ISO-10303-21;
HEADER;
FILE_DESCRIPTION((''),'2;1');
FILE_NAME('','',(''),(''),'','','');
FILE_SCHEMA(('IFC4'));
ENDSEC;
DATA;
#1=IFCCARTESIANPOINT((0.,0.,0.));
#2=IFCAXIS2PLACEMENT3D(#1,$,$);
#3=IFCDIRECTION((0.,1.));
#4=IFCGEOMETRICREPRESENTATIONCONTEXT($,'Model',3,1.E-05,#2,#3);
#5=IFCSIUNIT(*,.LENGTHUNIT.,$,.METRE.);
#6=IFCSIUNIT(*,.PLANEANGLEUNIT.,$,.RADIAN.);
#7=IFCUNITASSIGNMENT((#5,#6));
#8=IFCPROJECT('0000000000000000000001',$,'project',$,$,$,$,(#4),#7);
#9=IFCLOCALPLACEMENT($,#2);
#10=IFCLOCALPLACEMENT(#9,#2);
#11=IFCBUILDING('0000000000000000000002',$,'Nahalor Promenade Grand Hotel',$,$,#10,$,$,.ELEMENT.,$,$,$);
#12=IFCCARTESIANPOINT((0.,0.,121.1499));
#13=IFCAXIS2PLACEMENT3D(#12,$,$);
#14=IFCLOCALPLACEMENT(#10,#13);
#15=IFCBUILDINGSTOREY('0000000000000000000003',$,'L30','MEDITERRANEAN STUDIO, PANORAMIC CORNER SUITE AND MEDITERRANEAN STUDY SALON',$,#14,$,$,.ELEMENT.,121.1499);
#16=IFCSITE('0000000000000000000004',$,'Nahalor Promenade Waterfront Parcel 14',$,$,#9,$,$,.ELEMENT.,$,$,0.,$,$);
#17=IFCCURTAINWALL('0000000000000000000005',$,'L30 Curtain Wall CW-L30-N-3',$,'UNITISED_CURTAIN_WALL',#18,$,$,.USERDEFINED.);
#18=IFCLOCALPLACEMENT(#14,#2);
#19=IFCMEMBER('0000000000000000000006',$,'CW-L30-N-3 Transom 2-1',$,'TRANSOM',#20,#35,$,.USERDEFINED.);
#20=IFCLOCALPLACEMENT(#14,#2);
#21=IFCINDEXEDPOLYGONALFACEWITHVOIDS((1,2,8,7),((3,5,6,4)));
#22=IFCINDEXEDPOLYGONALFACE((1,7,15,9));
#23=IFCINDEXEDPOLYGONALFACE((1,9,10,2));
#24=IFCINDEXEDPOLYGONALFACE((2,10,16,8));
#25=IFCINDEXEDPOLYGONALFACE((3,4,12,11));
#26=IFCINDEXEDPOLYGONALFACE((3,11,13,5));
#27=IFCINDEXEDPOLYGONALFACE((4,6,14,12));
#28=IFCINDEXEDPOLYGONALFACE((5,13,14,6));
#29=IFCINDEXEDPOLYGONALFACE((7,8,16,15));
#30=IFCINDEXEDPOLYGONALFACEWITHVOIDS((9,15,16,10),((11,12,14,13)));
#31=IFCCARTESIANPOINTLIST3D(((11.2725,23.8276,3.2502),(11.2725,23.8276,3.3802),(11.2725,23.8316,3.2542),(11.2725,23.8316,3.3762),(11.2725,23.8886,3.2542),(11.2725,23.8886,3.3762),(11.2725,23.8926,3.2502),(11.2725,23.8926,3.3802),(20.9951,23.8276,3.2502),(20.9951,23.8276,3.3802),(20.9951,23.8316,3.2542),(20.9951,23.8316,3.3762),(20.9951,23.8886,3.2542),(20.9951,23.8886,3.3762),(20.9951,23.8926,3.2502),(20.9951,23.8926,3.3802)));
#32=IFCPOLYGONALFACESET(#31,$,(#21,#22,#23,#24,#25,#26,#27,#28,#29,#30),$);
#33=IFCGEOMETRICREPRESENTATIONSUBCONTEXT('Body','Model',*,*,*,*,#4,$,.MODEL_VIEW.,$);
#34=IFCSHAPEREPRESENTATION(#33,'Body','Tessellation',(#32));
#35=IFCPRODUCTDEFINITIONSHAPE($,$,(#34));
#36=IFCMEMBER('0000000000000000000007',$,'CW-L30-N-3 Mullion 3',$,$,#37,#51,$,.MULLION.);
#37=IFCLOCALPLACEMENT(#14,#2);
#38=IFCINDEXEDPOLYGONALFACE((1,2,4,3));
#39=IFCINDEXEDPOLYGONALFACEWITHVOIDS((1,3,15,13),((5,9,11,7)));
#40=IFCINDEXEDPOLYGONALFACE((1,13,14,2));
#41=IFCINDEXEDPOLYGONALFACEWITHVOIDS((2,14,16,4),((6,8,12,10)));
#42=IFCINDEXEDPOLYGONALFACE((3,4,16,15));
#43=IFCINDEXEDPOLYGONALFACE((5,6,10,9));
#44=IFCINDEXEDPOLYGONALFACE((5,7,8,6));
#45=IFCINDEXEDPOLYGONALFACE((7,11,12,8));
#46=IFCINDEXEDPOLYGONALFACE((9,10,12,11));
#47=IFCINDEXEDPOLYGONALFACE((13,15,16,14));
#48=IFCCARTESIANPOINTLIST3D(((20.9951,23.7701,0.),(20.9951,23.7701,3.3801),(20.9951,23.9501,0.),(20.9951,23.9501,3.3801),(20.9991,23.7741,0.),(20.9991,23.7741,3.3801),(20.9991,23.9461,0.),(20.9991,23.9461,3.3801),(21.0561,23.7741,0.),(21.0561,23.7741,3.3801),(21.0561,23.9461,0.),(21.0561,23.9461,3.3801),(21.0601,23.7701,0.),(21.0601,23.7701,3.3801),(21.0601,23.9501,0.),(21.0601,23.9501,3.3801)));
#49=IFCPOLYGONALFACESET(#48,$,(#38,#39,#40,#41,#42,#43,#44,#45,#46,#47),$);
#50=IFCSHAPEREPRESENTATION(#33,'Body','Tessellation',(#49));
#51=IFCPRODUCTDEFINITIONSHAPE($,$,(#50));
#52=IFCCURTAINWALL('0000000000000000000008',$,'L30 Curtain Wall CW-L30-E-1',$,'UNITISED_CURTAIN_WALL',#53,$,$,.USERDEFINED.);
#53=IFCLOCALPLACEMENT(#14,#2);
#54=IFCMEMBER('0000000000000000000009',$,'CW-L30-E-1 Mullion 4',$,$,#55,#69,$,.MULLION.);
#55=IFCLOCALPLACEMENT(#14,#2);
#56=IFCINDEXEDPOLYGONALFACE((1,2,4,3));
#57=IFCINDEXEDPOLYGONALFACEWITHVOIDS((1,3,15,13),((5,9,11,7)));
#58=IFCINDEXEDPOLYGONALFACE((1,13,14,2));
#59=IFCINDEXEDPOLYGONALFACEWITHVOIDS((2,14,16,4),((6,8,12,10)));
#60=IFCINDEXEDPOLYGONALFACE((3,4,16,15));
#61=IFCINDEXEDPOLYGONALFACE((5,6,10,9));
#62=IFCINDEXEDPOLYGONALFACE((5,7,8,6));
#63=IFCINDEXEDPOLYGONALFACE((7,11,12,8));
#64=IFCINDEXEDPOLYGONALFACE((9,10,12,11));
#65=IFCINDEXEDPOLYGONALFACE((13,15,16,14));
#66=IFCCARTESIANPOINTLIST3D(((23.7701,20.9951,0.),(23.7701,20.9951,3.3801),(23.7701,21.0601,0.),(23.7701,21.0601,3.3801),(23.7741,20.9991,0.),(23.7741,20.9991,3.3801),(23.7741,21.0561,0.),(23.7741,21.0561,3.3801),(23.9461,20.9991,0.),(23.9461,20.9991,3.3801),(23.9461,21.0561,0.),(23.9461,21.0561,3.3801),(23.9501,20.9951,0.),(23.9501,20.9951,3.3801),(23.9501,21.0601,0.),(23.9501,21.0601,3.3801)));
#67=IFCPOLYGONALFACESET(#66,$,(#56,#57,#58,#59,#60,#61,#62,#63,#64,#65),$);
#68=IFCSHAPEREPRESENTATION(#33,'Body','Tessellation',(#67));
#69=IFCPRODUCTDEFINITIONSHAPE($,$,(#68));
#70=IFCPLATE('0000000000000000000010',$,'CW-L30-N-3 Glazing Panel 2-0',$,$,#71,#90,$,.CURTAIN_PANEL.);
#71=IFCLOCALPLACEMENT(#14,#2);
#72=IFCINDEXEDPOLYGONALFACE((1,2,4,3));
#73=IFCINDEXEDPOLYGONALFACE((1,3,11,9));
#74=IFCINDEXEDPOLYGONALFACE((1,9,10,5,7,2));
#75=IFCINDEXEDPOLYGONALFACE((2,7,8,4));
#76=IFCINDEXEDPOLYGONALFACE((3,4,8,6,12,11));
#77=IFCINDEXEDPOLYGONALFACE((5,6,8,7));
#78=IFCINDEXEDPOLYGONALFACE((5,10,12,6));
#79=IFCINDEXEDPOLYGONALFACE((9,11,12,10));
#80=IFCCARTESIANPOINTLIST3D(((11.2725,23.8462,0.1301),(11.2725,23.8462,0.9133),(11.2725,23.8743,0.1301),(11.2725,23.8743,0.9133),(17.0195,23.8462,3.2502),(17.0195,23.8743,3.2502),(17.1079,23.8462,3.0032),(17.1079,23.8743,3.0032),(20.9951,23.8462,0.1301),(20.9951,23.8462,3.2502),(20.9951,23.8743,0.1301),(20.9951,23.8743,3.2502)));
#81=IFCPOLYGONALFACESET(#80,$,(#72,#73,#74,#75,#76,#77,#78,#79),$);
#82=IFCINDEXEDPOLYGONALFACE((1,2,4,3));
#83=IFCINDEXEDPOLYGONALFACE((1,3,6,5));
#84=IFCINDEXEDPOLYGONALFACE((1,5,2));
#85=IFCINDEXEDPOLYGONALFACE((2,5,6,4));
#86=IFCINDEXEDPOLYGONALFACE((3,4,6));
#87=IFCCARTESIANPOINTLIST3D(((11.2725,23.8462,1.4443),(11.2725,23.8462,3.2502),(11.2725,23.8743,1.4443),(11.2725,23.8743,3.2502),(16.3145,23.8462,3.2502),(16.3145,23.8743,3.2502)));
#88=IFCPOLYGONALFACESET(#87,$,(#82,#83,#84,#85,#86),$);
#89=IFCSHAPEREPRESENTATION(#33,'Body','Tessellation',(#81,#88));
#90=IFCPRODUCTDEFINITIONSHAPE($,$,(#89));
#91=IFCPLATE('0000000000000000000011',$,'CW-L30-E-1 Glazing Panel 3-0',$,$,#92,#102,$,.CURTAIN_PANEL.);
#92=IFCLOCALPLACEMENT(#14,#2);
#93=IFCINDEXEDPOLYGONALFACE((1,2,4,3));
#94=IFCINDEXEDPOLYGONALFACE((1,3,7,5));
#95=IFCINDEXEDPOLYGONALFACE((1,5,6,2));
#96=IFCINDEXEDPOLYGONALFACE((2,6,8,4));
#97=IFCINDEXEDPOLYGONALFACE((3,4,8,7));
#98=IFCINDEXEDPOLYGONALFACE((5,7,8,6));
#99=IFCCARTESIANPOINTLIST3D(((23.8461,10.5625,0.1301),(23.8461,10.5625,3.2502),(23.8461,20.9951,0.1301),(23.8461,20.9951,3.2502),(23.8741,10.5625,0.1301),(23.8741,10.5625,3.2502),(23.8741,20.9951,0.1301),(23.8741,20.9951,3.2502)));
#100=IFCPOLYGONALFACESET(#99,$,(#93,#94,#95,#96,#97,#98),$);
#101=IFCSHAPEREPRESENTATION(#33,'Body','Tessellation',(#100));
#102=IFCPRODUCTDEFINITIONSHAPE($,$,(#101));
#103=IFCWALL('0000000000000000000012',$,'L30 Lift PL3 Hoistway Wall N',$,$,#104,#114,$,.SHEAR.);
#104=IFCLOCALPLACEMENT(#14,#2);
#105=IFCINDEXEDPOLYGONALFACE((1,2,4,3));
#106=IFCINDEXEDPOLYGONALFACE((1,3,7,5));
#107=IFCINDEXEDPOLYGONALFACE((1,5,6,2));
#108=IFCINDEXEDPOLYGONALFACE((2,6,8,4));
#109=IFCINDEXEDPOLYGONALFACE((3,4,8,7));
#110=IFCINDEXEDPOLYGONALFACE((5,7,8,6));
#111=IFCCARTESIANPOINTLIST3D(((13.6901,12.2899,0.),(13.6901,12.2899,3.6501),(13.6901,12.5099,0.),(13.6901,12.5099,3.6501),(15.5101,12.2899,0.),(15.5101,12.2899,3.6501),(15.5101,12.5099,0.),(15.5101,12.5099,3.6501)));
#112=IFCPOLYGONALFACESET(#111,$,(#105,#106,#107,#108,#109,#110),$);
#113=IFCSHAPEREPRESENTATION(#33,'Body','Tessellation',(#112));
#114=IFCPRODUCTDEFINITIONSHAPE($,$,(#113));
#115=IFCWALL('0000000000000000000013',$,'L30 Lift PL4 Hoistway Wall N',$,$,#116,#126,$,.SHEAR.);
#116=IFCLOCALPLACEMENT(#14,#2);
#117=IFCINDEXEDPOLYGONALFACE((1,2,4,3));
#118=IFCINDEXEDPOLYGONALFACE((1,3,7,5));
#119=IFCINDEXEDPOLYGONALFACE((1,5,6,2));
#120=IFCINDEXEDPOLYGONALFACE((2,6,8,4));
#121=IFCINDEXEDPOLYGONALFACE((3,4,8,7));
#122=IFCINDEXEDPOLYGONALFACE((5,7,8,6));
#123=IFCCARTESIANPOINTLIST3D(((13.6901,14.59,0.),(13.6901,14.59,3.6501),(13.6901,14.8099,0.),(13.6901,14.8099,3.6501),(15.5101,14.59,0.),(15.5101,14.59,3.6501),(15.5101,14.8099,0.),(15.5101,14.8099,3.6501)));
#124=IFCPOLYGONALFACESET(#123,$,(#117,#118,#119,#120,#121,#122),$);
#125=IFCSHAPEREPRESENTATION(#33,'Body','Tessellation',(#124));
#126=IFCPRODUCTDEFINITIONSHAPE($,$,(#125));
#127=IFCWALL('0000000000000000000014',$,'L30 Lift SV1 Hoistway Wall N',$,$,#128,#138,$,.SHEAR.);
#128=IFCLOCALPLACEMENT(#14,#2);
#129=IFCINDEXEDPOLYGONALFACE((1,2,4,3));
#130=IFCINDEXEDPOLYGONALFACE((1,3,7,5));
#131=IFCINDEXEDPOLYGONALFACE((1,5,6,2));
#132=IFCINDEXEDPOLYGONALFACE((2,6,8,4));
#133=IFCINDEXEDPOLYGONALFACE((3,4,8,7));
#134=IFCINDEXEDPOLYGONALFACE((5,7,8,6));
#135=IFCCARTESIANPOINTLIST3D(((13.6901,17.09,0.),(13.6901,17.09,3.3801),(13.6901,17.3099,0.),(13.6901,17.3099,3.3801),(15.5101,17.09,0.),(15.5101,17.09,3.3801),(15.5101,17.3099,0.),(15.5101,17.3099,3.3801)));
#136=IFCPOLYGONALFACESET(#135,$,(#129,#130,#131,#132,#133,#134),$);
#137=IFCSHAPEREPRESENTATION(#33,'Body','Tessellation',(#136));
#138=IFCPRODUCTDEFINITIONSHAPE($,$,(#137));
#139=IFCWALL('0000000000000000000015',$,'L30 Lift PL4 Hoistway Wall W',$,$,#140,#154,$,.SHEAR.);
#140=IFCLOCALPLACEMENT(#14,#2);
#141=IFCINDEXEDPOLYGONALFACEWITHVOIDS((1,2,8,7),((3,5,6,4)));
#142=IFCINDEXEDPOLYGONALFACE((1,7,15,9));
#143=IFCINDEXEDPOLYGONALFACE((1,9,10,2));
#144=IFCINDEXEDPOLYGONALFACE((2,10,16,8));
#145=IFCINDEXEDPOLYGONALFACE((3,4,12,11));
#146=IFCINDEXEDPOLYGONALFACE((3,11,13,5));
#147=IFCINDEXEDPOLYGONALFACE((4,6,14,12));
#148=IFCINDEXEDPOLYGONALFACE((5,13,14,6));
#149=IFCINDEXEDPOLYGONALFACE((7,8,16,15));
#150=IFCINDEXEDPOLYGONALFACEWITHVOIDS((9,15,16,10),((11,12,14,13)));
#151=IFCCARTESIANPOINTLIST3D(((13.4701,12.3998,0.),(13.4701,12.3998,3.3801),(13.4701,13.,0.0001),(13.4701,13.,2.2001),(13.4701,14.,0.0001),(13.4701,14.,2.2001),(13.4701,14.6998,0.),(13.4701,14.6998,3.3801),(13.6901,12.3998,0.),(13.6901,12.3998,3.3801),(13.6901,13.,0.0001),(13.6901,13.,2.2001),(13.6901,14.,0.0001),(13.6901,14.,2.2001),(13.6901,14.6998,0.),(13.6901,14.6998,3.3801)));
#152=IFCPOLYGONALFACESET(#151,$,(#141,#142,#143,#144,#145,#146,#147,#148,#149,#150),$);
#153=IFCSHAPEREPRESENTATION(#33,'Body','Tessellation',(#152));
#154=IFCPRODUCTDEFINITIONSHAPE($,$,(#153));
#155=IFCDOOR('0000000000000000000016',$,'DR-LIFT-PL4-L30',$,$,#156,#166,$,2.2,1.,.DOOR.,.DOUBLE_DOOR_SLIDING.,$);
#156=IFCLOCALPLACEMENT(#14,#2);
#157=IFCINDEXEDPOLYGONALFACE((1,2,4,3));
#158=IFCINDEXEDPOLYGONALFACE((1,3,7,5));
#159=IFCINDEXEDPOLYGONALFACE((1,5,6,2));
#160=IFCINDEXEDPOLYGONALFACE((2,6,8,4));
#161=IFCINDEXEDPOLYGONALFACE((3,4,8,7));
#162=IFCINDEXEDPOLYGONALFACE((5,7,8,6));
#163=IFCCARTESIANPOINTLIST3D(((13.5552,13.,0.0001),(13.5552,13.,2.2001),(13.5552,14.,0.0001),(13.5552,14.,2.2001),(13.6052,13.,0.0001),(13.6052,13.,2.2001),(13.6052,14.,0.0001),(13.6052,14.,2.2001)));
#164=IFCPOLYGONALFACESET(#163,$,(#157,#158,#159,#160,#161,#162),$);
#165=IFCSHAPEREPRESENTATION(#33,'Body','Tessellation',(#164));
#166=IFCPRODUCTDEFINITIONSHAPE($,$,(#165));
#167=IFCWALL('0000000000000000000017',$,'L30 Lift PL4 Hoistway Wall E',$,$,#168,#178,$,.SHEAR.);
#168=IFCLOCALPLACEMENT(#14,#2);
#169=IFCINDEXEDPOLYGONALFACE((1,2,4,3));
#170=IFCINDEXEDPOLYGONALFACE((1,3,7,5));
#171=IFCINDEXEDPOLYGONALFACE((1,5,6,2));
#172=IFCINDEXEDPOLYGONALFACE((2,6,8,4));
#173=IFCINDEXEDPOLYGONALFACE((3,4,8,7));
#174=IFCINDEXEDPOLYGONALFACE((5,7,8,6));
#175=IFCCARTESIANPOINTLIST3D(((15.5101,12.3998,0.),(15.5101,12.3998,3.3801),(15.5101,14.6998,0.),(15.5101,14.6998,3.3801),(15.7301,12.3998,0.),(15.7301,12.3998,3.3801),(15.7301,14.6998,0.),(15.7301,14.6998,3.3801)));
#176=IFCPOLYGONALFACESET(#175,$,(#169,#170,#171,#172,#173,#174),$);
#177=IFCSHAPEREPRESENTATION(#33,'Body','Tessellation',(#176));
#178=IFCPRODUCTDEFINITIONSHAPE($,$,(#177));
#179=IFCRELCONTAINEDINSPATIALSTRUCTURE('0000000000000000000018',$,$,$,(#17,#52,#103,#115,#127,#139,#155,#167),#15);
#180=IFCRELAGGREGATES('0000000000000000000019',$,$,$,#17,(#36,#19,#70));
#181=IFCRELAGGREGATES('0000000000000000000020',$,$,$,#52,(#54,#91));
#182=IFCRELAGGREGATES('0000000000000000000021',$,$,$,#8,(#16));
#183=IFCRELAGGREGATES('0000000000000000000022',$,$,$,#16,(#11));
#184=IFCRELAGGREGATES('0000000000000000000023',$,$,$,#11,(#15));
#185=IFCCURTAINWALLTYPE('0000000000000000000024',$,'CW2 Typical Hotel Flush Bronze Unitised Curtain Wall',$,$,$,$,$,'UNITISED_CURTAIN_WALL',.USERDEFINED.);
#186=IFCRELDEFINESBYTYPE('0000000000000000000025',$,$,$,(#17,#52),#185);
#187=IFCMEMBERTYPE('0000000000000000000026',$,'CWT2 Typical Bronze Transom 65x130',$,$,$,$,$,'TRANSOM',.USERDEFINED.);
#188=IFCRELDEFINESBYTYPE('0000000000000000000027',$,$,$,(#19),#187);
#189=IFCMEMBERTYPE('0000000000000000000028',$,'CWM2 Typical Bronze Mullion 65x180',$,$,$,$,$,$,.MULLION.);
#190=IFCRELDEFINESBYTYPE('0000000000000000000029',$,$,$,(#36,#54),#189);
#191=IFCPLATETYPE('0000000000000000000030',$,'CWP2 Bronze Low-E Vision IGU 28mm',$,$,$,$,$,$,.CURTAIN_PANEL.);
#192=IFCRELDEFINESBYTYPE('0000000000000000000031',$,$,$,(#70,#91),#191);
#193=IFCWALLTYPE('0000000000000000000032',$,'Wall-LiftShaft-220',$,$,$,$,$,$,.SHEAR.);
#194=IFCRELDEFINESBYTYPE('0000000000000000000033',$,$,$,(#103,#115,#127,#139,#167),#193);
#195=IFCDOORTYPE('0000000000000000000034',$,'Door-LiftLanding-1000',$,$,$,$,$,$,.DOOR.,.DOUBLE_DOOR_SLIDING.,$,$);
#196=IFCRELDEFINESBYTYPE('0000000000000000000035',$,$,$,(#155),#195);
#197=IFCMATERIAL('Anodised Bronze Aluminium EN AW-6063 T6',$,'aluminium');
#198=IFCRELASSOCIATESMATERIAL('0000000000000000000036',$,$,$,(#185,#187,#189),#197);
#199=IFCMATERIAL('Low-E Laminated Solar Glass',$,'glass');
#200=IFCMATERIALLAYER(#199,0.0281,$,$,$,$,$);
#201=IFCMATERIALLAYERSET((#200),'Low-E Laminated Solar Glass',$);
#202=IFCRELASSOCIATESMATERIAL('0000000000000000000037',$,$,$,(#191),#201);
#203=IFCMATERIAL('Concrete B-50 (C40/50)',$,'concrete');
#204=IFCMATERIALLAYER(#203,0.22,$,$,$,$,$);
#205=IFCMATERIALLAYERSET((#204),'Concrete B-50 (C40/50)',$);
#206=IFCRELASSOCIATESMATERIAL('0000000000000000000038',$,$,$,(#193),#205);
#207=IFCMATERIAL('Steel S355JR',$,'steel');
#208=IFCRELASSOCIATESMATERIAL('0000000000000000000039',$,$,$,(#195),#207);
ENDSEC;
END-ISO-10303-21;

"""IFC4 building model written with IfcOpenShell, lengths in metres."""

from ifc_helpers import new_model, si_unit, direction, frame, frame_2d, origin, origin_2d, place, context, subcontext, project, spatial, polyline, rectangle, hollow_rectangle, outline, extrude, source, transform, mapped, material, layer, layer_set, material_profile, profile_set, type_object, element, fill, aggregate, save


model = new_model("IFC4")

# Units and contexts
model_context = context("Model", 3, precision=1e-05, world=origin(), true_north=direction((0.0, 1.0)))
body_context = subcontext(model_context, "Body", "Model", "MODEL_VIEW")
ifc_project = project(units=[si_unit("LENGTHUNIT", "METRE"), si_unit("PLANEANGLEUNIT", "RADIAN")], contexts=[model_context])

# Site, building, storey
site_placement = place(None, origin())
site = spatial("IfcSite", under=ifc_project, at=site_placement, Name="Nahalor Promenade Waterfront Parcel 14", CompositionType="ELEMENT", RefElevation=0.0)
building_placement = place(site_placement, origin())
building = spatial("IfcBuilding", under=site, at=building_placement, Name="Nahalor Promenade Grand Hotel", CompositionType="ELEMENT")
storey_placement = place(building_placement, frame((0.0, 0.0, 121.1499)))
storey = spatial("IfcBuildingStorey", under=building, at=storey_placement, Name="L30", Description="MEDITERRANEAN STUDIO, PANORAMIC CORNER SUITE AND MEDITERRANEAN STUDY SALON", CompositionType="ELEMENT", Elevation=121.1499)

# Shared definitions
ifc_material_1 = material(Name="Steel S355JR", Category="steel")

# Curtain wall, members
ifc_material_2 = material(Name="Anodised Bronze Aluminium EN AW-6063 T6", Category="aluminium")
curtain_wall_type = type_object("IfcCurtainWallType", Name="CW2 Typical Hotel Flush Bronze Unitised Curtain Wall", ElementType="UNITISED_CURTAIN_WALL", PredefinedType="USERDEFINED", material=ifc_material_2)
curtain_wall_1_placement = place(storey_placement, origin())
curtain_wall_1 = element("IfcCurtainWall", 1, at=curtain_wall_1_placement, inside=storey, type_object=curtain_wall_type, Name="L30 Curtain Wall CW-L30-N-3", ObjectType="UNITISED_CURTAIN_WALL", PredefinedType="USERDEFINED")
ifc_material_profile_1 = material_profile(ifc_material_2, hollow_rectangle(XDim=0.065, YDim=0.13, WallThickness=0.004, at=origin_2d()), Name="CWT 65x130x4")
ifc_profile_set_1 = profile_set([ifc_material_profile_1], Name="Anodised Bronze Aluminium EN AW-6063 T6")
member_type_1 = type_object("IfcMemberType", Name="CWT2 Typical Bronze Transom 65x130", ElementType="TRANSOM", PredefinedType="USERDEFINED", material=ifc_profile_set_1)
shared_shape_1 = source(origin(), body_context, "Body", "SweptSolid", [
    extrude(hollow_rectangle(XDim=0.065, YDim=0.13, WallThickness=0.004, at=origin_2d()), origin(), (0.0, 0.0, 1.0), 9.7227),
])
member_1_placement = place(storey_placement, frame((11.2725, 23.8601, 3.3152), z_axis=(1.0, 0.0, 0.0), x_axis=(0.0, 1.0, 0.0)))
member_1 = element("IfcMember", 2, at=member_1_placement, type_object=member_type_1, Name="CW-L30-N-3 Transom 2-1", ObjectType="TRANSOM", PredefinedType="USERDEFINED", context=body_context, shape_type="MappedRepresentation", body=[
    mapped(shared_shape_1, transform((0.0, 0.0, 0.0), scale=1.0)),
])
ifc_material_profile_2 = material_profile(ifc_material_2, hollow_rectangle(XDim=0.065, YDim=0.18, WallThickness=0.004, at=origin_2d()), Name="CWM 65x180x4")
ifc_profile_set_2 = profile_set([ifc_material_profile_2], Name="Anodised Bronze Aluminium EN AW-6063 T6")
member_type_2 = type_object("IfcMemberType", Name="CWM2 Typical Bronze Mullion 65x180", PredefinedType="MULLION", material=ifc_profile_set_2)
shared_shape_2 = source(origin(), body_context, "Body", "SweptSolid", [
    extrude(hollow_rectangle(XDim=0.065, YDim=0.18, WallThickness=0.004, at=origin_2d()), origin(), (0.0, 0.0, 1.0), 3.3801),
])
member_2_placement = place(storey_placement, frame((21.0276, 23.8601, 0.0), z_axis=(0.0, 0.0, 1.0), x_axis=(1.0, 0.0, 0.0)))
member_2 = element("IfcMember", 3, at=member_2_placement, type_object=member_type_2, Name="CW-L30-N-3 Mullion 3", PredefinedType="MULLION", context=body_context, shape_type="MappedRepresentation", body=[
    mapped(shared_shape_2, transform((0.0, 0.0, 0.0), scale=1.0)),
])

# Curtain wall, member
curtain_wall_2_placement = place(storey_placement, origin())
curtain_wall_2 = element("IfcCurtainWall", 4, at=curtain_wall_2_placement, inside=storey, type_object=curtain_wall_type, Name="L30 Curtain Wall CW-L30-E-1", ObjectType="UNITISED_CURTAIN_WALL", PredefinedType="USERDEFINED")
member_3_placement = place(storey_placement, frame((23.8601, 21.0276, 0.0), z_axis=(0.0, 0.0, 1.0), x_axis=(0.0, 1.0, 0.0)))
member_3 = element("IfcMember", 5, at=member_3_placement, type_object=member_type_2, Name="CW-L30-E-1 Mullion 4", PredefinedType="MULLION", context=body_context, shape_type="MappedRepresentation", body=[
    mapped(shared_shape_2, transform((0.0, 0.0, 0.0), scale=1.0)),
])

# Plates
ifc_material_3 = material(Name="Low-E Laminated Solar Glass", Category="glass")
ifc_layer_1 = layer(ifc_material_3, 0.0281)
ifc_layer_set_1 = layer_set([ifc_layer_1], Name="Low-E Laminated Solar Glass")
plate_type = type_object("IfcPlateType", Name="CWP2 Bronze Low-E Vision IGU 28mm", PredefinedType="CURTAIN_PANEL", material=ifc_layer_set_1)
plate_1_placement = place(storey_placement, frame((16.1338, 23.8601, 0.1301), z_axis=(0.0, 0.0, 1.0), x_axis=(1.0, 0.0, 0.0)))
plate_1 = element("IfcPlate", 6, at=plate_1_placement, type_object=plate_type, Name="CW-L30-N-3 Glazing Panel 2-0", PredefinedType="CURTAIN_PANEL", context=body_context, shape_type="SweptSolid", body=[
    extrude(outline(polyline([(4.8613, 0.0), (4.8613, 3.1201), (0.8857, 3.1201), (0.9741, 2.873), (-4.8613, 0.7832), (-4.8613, 0.0), (4.8613, 0.0)])), frame((0.0, 0.0142, 0.0), z_axis=(0.0, -1.0, 0.0), x_axis=(1.0, 0.0, 0.0)), (0.0, 0.0, 1.0), 0.0281),
    extrude(outline(polyline([(0.1807, 3.1201), (-4.8613, 3.1201), (-4.8613, 1.3142), (0.1807, 3.1201)])), frame((0.0, 0.0142, 0.0), z_axis=(0.0, -1.0, 0.0), x_axis=(1.0, 0.0, 0.0)), (0.0, 0.0, 1.0), 0.0281),
])
aggregate(curtain_wall_1, [member_2, member_1, plate_1])
shared_shape_3 = source(origin(), body_context, "Body", "SweptSolid", [
    extrude(rectangle(XDim=10.4326, YDim=0.0281, at=origin_2d()), origin(), (0.0, 0.0, 1.0), 3.1201),
])
plate_2_placement = place(storey_placement, frame((23.8601, 15.7788, 0.1301), z_axis=(0.0, 0.0, 1.0), x_axis=(0.0, 1.0, 0.0)))
plate_2 = element("IfcPlate", 7, at=plate_2_placement, type_object=plate_type, Name="CW-L30-E-1 Glazing Panel 3-0", PredefinedType="CURTAIN_PANEL", context=body_context, shape_type="MappedRepresentation", body=[
    mapped(shared_shape_3, transform((0.0, 0.0, 0.0), scale=1.0)),
])
aggregate(curtain_wall_2, [member_3, plate_2])

# Walls
ifc_material_4 = material(Name="Concrete B-50 (C40/50)", Category="concrete")
ifc_layer_2 = layer(ifc_material_4, 0.22)
ifc_layer_set_2 = layer_set([ifc_layer_2], Name="Concrete B-50 (C40/50)")
wall_type_1 = type_object("IfcWallType", Name="Wall-LiftShaft-220", PredefinedType="SHEAR", material=ifc_layer_set_2)
shared_shape_4 = source(origin(), body_context, "Body", "SweptSolid", [
    extrude(rectangle(XDim=1.8201, YDim=0.22, at=frame_2d((0.9102, 0.0))), origin(), (0.0, 0.0, 1.0), 3.6501),
])
for number, where, z_axis, x_axis, name in (
    (8, (13.6899, 12.3999, 0.0), (0.0, 0.0, 1.0), (1.0, 0.0, 0.0), "L30 Lift PL3 Hoistway Wall N"),
    (9, (13.6899, 14.7, 0.0), (0.0, 0.0, 1.0), (1.0, 0.0, 0.0), "L30 Lift PL4 Hoistway Wall N"),
):
    element("IfcWall", number, at=place(storey_placement, frame(where, z_axis=z_axis, x_axis=x_axis)), inside=storey, type_object=wall_type_1, Name=name, PredefinedType="SHEAR", context=body_context, shape_type="MappedRepresentation", body=[
        mapped(shared_shape_4, transform((0.0, 0.0, 0.0), scale=1.0)),
    ])
shared_shape_5 = source(origin(), body_context, "Body", "SweptSolid", [
    extrude(rectangle(XDim=1.8201, YDim=0.22, at=frame_2d((0.9102, 0.0))), origin(), (0.0, 0.0, 1.0), 3.3801),
])
wall_1_placement = place(storey_placement, frame((13.6899, 17.2, 0.0), z_axis=(0.0, 0.0, 1.0), x_axis=(1.0, 0.0, 0.0)))
element("IfcWall", 10, at=wall_1_placement, inside=storey, type_object=wall_type_1, Name="L30 Lift SV1 Hoistway Wall N", PredefinedType="SHEAR", context=body_context, shape_type="MappedRepresentation", body=[
    mapped(shared_shape_5, transform((0.0, 0.0, 0.0), scale=1.0)),
])

# Wall, opening, door
shared_shape_6 = source(origin(), body_context, "Body", "SweptSolid", [
    extrude(rectangle(XDim=2.3, YDim=0.22, at=frame_2d((1.1499, 0.0))), origin(), (0.0, 0.0, 1.0), 3.3801),
])
wall_2_placement = place(storey_placement, frame((13.5801, 12.3999, 0.0), z_axis=(0.0, 0.0, 1.0), x_axis=(0.0, 1.0, 0.0)))
wall_2 = element("IfcWall", 11, at=wall_2_placement, inside=storey, type_object=wall_type_1, Name="L30 Lift PL4 Hoistway Wall W", PredefinedType="SHEAR", context=body_context, shape_type="MappedRepresentation", body=[
    mapped(shared_shape_6, transform((0.0, 0.0, 0.0), scale=1.0)),
])
opening_1_placement = place(wall_2_placement, frame((0.6001, 0.0, 0.0)))
opening_1 = element("IfcOpeningElement", 12, at=opening_1_placement, cuts=wall_2, PredefinedType="OPENING", context=body_context, shape_type="SweptSolid", body=[
    extrude(rectangle(XDim=1.0, YDim=2.2, at=frame_2d((0.5, 1.1001))), frame((0.0, 0.1199, 0.0), z_axis=(0.0, -1.0, 0.0), x_axis=(1.0, 0.0, 0.0)), (0.0, 0.0, 1.0), 0.24),
])
door_type_1 = type_object("IfcDoorType", Name="Door-LiftLanding-1000", OperationType="DOUBLE_DOOR_SLIDING", PredefinedType="DOOR", material=ifc_material_1)
shared_shape_7 = source(origin(), body_context, "Body", "SweptSolid", [
    extrude(rectangle(XDim=1.0, YDim=2.2, at=frame_2d((0.5, 1.1001))), frame((0.0, 0.0249, 0.0), z_axis=(0.0, -1.0, 0.0), x_axis=(1.0, 0.0, 0.0)), (0.0, 0.0, 1.0), 0.05),
])
door_1_placement = place(opening_1_placement, origin())
door_1 = element("IfcDoor", 13, at=door_1_placement, inside=storey, type_object=door_type_1, Name="DR-LIFT-PL4-L30", OperationType="DOUBLE_DOOR_SLIDING", OverallHeight=2.2, OverallWidth=1.0, PredefinedType="DOOR", context=body_context, shape_type="MappedRepresentation", body=[
    mapped(shared_shape_7, transform((0.0, 0.0, 0.0), scale=1.0)),
])
fill(opening_1, door_1)

# Wall
wall_3_placement = place(storey_placement, frame((15.6201, 12.3999, 0.0), z_axis=(0.0, 0.0, 1.0), x_axis=(0.0, 1.0, 0.0)))
element("IfcWall", 14, at=wall_3_placement, inside=storey, type_object=wall_type_1, Name="L30 Lift PL4 Hoistway Wall E", PredefinedType="SHEAR", context=body_context, shape_type="MappedRepresentation", body=[
    mapped(shared_shape_6, transform((0.0, 0.0, 0.0), scale=1.0)),
])

save(model, "model.ifc")
